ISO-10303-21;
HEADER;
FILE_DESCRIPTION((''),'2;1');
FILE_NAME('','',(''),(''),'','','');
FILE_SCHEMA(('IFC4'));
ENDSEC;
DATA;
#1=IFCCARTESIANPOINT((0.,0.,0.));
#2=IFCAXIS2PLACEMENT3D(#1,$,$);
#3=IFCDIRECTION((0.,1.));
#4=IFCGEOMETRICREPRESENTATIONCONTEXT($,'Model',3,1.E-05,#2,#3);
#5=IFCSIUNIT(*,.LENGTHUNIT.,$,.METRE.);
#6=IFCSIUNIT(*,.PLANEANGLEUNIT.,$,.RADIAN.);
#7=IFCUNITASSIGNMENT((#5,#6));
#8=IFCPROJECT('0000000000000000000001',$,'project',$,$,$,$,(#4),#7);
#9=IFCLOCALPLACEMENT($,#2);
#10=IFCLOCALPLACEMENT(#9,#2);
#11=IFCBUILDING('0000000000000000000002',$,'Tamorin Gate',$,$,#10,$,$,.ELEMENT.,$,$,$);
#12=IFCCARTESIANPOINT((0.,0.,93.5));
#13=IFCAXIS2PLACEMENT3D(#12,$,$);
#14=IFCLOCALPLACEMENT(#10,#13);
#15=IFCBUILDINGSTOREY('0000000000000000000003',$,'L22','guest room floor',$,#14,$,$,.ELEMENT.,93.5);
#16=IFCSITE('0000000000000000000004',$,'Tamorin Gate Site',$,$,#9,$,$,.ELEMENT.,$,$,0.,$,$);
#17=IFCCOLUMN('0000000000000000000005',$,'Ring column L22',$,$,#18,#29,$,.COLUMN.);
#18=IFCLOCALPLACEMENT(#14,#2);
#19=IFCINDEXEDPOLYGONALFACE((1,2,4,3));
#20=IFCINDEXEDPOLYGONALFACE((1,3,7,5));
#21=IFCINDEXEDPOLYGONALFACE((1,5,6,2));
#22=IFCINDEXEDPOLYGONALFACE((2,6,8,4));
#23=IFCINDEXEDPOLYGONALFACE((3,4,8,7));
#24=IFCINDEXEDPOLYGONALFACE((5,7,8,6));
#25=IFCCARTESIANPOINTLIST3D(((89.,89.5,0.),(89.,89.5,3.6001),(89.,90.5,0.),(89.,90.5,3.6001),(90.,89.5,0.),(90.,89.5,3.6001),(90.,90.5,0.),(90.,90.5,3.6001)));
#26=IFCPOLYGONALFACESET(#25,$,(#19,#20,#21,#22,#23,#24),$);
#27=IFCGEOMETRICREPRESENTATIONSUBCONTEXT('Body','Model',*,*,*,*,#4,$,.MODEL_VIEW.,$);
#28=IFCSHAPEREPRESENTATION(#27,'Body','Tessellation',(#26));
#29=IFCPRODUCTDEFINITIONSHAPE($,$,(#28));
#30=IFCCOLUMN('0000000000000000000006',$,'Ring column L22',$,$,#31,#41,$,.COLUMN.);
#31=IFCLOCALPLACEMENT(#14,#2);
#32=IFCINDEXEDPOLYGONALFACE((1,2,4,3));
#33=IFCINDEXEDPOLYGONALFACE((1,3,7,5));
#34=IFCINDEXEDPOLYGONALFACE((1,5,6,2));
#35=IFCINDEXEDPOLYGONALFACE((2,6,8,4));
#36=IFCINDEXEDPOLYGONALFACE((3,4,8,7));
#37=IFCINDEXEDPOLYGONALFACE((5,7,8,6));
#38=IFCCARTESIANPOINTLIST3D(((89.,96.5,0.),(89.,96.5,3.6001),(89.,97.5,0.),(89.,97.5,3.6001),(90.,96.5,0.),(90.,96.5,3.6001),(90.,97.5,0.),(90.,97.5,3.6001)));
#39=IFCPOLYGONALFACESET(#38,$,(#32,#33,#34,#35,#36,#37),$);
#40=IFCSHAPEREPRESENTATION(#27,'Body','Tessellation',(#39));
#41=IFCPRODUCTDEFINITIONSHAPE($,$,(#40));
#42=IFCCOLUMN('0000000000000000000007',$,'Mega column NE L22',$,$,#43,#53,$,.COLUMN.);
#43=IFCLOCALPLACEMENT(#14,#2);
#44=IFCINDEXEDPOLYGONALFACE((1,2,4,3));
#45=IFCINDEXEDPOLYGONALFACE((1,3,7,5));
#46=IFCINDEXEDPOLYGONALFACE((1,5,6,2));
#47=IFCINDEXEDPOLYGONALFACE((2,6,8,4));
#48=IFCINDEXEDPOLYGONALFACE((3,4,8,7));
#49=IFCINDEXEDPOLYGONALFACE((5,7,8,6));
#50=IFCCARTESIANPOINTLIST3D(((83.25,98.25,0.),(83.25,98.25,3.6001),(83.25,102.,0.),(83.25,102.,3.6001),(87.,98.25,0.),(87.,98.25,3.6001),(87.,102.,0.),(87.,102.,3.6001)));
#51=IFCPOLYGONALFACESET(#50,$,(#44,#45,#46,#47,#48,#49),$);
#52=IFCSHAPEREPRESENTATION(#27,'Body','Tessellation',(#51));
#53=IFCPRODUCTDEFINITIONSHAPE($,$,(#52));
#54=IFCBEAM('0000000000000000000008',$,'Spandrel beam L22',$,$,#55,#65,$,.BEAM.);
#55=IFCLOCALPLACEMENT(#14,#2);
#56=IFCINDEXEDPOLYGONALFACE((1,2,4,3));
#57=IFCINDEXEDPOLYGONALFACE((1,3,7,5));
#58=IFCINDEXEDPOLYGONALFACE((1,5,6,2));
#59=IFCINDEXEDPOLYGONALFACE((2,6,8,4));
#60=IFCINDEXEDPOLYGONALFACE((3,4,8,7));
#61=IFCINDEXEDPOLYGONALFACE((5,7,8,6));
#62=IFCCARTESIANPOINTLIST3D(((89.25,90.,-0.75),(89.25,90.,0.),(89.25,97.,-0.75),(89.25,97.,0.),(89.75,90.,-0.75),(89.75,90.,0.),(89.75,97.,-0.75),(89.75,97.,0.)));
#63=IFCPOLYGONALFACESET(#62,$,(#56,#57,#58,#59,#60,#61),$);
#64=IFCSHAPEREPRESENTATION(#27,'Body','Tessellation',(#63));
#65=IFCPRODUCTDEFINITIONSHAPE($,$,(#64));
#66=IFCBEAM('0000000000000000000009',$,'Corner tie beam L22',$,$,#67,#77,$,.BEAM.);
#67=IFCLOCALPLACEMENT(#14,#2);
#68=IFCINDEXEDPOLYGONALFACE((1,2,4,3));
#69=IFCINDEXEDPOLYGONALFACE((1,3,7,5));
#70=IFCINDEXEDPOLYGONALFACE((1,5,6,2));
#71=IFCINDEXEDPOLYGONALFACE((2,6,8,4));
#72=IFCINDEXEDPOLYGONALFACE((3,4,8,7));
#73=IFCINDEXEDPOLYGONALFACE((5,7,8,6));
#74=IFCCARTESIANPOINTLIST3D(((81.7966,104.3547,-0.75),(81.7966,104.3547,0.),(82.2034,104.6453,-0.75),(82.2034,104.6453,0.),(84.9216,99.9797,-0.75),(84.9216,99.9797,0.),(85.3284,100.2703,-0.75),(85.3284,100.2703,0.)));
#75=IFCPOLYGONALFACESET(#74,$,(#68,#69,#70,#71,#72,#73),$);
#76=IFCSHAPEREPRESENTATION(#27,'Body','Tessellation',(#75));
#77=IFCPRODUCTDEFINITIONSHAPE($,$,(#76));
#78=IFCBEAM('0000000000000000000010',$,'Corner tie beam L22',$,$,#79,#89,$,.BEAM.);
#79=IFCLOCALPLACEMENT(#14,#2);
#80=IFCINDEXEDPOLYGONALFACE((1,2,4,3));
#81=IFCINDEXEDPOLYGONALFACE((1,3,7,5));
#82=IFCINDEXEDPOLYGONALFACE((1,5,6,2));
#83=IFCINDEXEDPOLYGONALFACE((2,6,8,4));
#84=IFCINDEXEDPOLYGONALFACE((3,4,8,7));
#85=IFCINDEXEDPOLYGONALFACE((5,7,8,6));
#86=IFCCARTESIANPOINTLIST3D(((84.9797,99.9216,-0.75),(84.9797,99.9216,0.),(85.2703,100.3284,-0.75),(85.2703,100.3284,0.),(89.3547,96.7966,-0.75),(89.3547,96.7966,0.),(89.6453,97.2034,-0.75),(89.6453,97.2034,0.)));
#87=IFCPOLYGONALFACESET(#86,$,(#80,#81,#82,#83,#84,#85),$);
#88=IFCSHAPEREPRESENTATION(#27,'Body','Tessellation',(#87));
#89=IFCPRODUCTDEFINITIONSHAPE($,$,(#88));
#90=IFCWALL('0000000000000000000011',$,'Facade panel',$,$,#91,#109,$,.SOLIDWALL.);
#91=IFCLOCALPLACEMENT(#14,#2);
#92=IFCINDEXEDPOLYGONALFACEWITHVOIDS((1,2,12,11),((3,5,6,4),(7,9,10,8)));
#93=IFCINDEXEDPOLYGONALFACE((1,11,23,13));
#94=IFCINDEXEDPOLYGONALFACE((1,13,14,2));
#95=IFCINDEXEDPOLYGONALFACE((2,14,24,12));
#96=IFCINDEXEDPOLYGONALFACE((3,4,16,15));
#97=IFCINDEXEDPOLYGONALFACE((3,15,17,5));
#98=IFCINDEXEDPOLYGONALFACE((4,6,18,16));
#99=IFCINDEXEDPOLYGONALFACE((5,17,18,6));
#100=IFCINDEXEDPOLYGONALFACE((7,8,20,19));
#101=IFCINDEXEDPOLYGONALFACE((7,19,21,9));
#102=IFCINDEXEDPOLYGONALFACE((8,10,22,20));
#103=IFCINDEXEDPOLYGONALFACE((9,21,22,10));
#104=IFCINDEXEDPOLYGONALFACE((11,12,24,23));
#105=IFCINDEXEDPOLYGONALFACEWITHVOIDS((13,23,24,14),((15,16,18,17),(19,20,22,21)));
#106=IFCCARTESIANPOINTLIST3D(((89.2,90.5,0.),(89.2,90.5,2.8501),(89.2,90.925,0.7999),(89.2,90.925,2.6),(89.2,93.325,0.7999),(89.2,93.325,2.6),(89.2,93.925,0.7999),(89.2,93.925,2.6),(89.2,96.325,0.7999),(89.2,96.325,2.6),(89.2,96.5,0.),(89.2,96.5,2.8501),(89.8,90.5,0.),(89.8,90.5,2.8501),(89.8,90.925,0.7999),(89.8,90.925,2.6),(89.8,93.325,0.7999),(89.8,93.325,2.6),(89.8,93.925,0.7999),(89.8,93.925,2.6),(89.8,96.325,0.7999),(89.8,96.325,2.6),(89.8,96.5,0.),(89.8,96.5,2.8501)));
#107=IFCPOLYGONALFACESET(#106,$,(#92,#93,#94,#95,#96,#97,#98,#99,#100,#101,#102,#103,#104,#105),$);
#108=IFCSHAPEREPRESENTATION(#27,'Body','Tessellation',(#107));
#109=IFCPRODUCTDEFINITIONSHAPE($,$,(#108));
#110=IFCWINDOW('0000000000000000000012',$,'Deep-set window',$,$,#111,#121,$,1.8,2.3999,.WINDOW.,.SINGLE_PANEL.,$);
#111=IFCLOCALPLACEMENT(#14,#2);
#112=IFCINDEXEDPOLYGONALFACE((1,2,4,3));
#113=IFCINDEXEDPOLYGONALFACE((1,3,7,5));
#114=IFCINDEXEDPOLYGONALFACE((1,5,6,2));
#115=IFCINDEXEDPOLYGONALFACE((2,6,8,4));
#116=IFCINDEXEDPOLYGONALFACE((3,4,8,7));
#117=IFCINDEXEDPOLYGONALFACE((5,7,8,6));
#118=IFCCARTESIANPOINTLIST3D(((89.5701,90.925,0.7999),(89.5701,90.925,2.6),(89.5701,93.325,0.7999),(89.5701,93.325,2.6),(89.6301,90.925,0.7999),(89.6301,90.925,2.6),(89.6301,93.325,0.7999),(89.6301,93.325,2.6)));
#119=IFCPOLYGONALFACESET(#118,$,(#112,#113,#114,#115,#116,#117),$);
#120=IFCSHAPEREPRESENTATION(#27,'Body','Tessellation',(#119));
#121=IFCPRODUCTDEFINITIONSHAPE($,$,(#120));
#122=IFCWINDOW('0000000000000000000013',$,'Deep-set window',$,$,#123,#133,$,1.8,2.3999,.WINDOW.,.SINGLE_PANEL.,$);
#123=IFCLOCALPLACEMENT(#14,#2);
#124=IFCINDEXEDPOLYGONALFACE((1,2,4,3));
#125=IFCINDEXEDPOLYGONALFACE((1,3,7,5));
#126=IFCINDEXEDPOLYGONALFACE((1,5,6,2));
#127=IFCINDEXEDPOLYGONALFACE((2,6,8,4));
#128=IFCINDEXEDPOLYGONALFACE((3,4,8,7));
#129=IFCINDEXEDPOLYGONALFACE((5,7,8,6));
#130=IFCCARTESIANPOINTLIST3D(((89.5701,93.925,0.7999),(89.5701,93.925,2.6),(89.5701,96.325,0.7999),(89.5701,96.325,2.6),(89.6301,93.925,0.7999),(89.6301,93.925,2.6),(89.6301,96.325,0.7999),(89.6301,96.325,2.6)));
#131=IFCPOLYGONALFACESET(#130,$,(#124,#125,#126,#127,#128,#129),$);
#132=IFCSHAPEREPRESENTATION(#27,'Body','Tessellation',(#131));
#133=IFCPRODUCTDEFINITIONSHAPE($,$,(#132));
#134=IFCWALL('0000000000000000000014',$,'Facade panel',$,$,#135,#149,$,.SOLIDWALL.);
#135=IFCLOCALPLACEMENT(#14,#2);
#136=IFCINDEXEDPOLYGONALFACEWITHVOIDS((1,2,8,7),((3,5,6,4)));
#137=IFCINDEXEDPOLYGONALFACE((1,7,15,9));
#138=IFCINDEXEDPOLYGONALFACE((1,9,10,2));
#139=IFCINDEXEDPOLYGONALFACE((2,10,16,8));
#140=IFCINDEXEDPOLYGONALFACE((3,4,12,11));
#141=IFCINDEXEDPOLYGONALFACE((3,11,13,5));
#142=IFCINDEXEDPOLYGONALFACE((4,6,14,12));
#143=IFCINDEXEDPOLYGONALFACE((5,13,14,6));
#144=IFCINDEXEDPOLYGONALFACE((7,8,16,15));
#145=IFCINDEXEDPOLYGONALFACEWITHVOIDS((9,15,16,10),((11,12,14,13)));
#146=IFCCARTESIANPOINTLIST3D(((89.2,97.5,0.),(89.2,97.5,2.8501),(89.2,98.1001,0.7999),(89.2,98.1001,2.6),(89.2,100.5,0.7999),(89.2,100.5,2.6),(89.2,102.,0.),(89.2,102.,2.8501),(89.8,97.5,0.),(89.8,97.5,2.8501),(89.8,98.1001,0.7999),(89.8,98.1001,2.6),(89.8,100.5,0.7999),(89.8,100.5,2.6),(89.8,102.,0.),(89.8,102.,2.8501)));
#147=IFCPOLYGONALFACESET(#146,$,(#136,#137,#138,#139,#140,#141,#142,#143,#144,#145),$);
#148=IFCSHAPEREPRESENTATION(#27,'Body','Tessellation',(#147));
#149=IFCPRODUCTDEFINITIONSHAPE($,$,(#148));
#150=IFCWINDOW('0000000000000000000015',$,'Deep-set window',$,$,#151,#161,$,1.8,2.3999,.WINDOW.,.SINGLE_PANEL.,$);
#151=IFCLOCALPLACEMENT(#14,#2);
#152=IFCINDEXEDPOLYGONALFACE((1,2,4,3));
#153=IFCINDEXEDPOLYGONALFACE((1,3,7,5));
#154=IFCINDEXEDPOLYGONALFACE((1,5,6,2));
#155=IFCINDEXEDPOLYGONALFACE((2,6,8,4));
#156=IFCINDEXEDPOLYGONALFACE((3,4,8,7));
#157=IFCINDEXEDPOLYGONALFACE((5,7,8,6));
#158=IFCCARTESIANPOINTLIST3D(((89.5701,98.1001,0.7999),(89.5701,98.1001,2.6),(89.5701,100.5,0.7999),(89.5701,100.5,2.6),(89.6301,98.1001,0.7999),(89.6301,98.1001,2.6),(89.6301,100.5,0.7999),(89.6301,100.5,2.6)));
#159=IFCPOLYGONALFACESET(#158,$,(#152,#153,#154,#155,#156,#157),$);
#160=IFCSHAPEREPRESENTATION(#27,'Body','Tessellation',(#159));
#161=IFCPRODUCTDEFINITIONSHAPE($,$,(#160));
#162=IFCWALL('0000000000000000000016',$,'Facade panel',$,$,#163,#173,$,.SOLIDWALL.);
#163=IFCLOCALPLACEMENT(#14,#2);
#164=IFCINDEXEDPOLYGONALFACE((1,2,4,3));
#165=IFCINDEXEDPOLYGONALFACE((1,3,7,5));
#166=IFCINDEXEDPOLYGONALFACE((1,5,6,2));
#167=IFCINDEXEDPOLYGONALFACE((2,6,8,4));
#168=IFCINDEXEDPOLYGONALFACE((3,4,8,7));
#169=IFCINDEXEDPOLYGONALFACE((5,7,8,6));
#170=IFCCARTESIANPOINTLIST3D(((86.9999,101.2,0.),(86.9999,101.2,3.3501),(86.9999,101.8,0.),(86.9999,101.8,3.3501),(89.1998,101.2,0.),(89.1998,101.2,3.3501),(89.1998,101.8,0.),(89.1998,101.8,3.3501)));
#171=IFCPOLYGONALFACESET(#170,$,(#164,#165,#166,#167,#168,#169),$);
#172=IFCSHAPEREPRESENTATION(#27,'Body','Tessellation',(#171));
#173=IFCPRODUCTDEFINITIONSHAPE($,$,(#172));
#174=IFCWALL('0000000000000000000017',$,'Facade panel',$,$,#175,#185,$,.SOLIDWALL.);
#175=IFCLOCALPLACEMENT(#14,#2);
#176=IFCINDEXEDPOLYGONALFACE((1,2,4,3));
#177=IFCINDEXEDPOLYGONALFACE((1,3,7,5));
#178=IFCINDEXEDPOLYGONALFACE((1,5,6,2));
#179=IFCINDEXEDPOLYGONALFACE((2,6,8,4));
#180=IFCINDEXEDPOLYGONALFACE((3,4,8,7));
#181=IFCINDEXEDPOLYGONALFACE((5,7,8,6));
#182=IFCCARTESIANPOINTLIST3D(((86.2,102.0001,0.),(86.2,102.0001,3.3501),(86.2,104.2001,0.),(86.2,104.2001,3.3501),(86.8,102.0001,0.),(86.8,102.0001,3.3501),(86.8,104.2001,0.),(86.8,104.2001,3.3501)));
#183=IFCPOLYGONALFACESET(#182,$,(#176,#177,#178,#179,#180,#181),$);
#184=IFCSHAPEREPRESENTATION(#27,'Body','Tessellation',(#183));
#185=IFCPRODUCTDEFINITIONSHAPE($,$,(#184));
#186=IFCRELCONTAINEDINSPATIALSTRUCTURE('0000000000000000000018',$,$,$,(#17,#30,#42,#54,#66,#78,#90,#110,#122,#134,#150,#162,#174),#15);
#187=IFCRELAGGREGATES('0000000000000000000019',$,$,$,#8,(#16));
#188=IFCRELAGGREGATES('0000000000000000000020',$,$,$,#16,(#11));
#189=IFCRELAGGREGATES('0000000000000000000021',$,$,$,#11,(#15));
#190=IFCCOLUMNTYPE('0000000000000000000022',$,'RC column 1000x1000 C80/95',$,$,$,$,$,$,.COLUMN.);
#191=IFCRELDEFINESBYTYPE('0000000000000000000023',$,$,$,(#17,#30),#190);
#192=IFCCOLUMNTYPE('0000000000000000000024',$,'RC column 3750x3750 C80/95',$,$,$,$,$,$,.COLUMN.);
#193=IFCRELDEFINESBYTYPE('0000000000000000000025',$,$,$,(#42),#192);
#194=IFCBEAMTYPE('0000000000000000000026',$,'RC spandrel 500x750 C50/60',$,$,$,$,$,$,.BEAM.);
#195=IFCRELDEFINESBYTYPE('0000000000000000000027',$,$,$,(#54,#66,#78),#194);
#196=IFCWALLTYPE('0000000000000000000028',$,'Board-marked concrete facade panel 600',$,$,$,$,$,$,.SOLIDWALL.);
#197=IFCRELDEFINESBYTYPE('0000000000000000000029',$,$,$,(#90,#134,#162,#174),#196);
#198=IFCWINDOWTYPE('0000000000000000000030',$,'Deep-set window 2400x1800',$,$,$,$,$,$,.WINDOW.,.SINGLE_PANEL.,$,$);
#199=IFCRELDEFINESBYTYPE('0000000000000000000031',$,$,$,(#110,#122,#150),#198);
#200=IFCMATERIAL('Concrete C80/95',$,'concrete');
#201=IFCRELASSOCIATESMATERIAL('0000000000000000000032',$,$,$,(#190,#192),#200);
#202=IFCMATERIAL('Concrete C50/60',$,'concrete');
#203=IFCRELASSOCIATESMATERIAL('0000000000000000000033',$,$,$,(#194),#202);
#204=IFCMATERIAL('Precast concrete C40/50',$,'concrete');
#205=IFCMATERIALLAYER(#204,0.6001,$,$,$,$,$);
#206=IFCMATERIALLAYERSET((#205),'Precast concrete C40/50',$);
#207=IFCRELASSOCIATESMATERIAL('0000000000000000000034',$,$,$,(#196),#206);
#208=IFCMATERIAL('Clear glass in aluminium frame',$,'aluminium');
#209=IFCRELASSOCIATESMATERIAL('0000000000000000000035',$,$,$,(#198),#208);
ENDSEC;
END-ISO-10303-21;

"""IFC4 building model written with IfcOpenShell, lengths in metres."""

from ifc_helpers import new_model, si_unit, direction, frame, frame_2d, origin, origin_2d, place, context, subcontext, project, spatial, rectangle, extrude, material, layer, layer_set, material_profile, profile_set, type_object, element, fill, save


model = new_model("IFC4")

# Units and contexts
model_context = context("Model", 3, precision=1e-05, world=origin(), true_north=direction((0.0, 1.0)))
body_context = subcontext(model_context, "Body", "Model", "MODEL_VIEW")
ifc_project = project(units=[si_unit("LENGTHUNIT", "METRE"), si_unit("PLANEANGLEUNIT", "RADIAN")], contexts=[model_context])

# Site, building, storey
site_placement = place(None, origin())
site = spatial("IfcSite", under=ifc_project, at=site_placement, Name="Tamorin Gate Site", CompositionType="ELEMENT", RefElevation=0.0)
building_placement = place(site_placement, origin())
building = spatial("IfcBuilding", under=site, at=building_placement, Name="Tamorin Gate", CompositionType="ELEMENT")
storey_placement = place(building_placement, frame((0.0, 0.0, 93.5)))
storey = spatial("IfcBuildingStorey", under=building, at=storey_placement, Name="L22", Description="guest room floor", CompositionType="ELEMENT", Elevation=93.5)

# Columns
ifc_material_1 = material(Name="Concrete C80/95", Category="concrete")
ifc_material_profile_1 = material_profile(ifc_material_1, rectangle(XDim=1.0, YDim=1.0, at=origin_2d()), Name="RC 1000x1000")
ifc_profile_set_1 = profile_set([ifc_material_profile_1], Name="Concrete C80/95")
column_type_1 = type_object("IfcColumnType", Name="RC column 1000x1000 C80/95", PredefinedType="COLUMN", material=ifc_profile_set_1)
for number, where, z_axis, x_axis, name in (
    (1, (89.5, 90.0, 0.0), (0.0, 0.0, 1.0), (1.0, 0.0, 0.0), "Ring column L22"),
    (2, (89.5, 97.0, 0.0), (0.0, 0.0, 1.0), (1.0, 0.0, 0.0), "Ring column L22"),
):
    element("IfcColumn", number, at=place(storey_placement, frame(where, z_axis=z_axis, x_axis=x_axis)), inside=storey, type_object=column_type_1, Name=name, PredefinedType="COLUMN", context=body_context, shape_type="SweptSolid", body=[
        extrude(rectangle(XDim=1.0, YDim=1.0, at=origin_2d()), origin(), (0.0, 0.0, 1.0), 3.6001),
    ])
ifc_material_profile_2 = material_profile(ifc_material_1, rectangle(XDim=3.75, YDim=3.75, at=origin_2d()), Name="RC 3750x3750")
ifc_profile_set_2 = profile_set([ifc_material_profile_2], Name="Concrete C80/95")
column_type_2 = type_object("IfcColumnType", Name="RC column 3750x3750 C80/95", PredefinedType="COLUMN", material=ifc_profile_set_2)
column_placement = place(storey_placement, frame((85.125, 100.125, 0.0), z_axis=(0.0, 0.0, 1.0), x_axis=(1.0, 0.0, 0.0)))
element("IfcColumn", 3, at=column_placement, inside=storey, type_object=column_type_2, Name="Mega column NE L22", PredefinedType="COLUMN", context=body_context, shape_type="SweptSolid", body=[
    extrude(rectangle(XDim=3.75, YDim=3.75, at=origin_2d()), origin(), (0.0, 0.0, 1.0), 3.6001),
])

# Beams
ifc_material_2 = material(Name="Concrete C50/60", Category="concrete")
ifc_material_profile_3 = material_profile(ifc_material_2, rectangle(XDim=0.5, YDim=0.75, at=origin_2d()), Name="RC 500x750")
ifc_profile_set_3 = profile_set([ifc_material_profile_3], Name="Concrete C50/60")
beam_type = type_object("IfcBeamType", Name="RC spandrel 500x750 C50/60", PredefinedType="BEAM", material=ifc_profile_set_3)
beam_placement = place(storey_placement, frame((89.5, 90.0, -0.375), z_axis=(0.0, 1.0, 0.0), x_axis=(-1.0, 0.0, 0.0)))
element("IfcBeam", 4, at=beam_placement, inside=storey, type_object=beam_type, Name="Spandrel beam L22", PredefinedType="BEAM", context=body_context, shape_type="SweptSolid", body=[
    extrude(rectangle(XDim=0.5, YDim=0.75, at=origin_2d()), origin(), (0.0, 0.0, 1.0), 7.0),
])
for number, where, z_axis, x_axis, name in (
    (5, (85.125, 100.125, -0.375), (-0.581238, 0.813733, 0.0), (-0.813733, -0.581238, 0.0), "Corner tie beam L22"),
    (6, (85.125, 100.125, -0.375), (0.813733, -0.581238, 0.0), (0.581238, 0.813733, 0.0), "Corner tie beam L22"),
):
    element("IfcBeam", number, at=place(storey_placement, frame(where, z_axis=z_axis, x_axis=x_axis)), inside=storey, type_object=beam_type, Name=name, PredefinedType="BEAM", context=body_context, shape_type="SweptSolid", body=[
        extrude(rectangle(XDim=0.5, YDim=0.75, at=origin_2d()), origin(), (0.0, 0.0, 1.0), 5.3765),
    ])

# Wall, openings, windows
ifc_material_3 = material(Name="Precast concrete C40/50", Category="concrete")
ifc_layer_1 = layer(ifc_material_3, 0.6001)
ifc_layer_set_1 = layer_set([ifc_layer_1], Name="Precast concrete C40/50")
wall_type_1 = type_object("IfcWallType", Name="Board-marked concrete facade panel 600", PredefinedType="SOLIDWALL", material=ifc_layer_set_1)
wall_1_placement = place(storey_placement, frame((89.5, 90.5, 0.0), z_axis=(0.0, 0.0, 1.0), x_axis=(0.0, 1.0, 0.0)))
wall_1 = element("IfcWall", 7, at=wall_1_placement, inside=storey, type_object=wall_type_1, Name="Facade panel", PredefinedType="SOLIDWALL", context=body_context, shape_type="SweptSolid", body=[
    extrude(rectangle(XDim=6.0, YDim=0.6001, at=frame_2d((3.0, 0.0))), origin(), (0.0, 0.0, 1.0), 2.8501),
])
opening_1_placement = place(wall_1_placement, frame((0.425, 0.0, 0.8)))
opening_1 = element("IfcOpeningElement", 8, at=opening_1_placement, cuts=wall_1, PredefinedType="OPENING", context=body_context, shape_type="SweptSolid", body=[
    extrude(rectangle(XDim=2.3999, YDim=1.8, at=frame_2d((1.2, 0.8999))), frame((0.0, 0.3101, 0.0), z_axis=(0.0, -1.0, 0.0), x_axis=(1.0, 0.0, 0.0)), (0.0, 0.0, 1.0), 0.6201),
])
opening_2_placement = place(wall_1_placement, frame((3.425, 0.0, 0.8)))
opening_2 = element("IfcOpeningElement", 9, at=opening_2_placement, cuts=wall_1, PredefinedType="OPENING", context=body_context, shape_type="SweptSolid", body=[
    extrude(rectangle(XDim=2.3999, YDim=1.8, at=frame_2d((1.2, 0.8999))), frame((0.0, 0.3101, 0.0), z_axis=(0.0, -1.0, 0.0), x_axis=(1.0, 0.0, 0.0)), (0.0, 0.0, 1.0), 0.6201),
])
ifc_material_4 = material(Name="Clear glass in aluminium frame", Category="aluminium")
window_type = type_object("IfcWindowType", Name="Deep-set window 2400x1800", PartitioningType="SINGLE_PANEL", PredefinedType="WINDOW", material=ifc_material_4)
window_1_placement = place(opening_1_placement, origin())
window_1 = element("IfcWindow", 10, at=window_1_placement, inside=storey, type_object=window_type, Name="Deep-set window", OverallHeight=1.8, OverallWidth=2.3999, PartitioningType="SINGLE_PANEL", PredefinedType="WINDOW", context=body_context, shape_type="SweptSolid", body=[
    extrude(rectangle(XDim=2.3999, YDim=1.8, at=frame_2d((1.2, 0.8999))), frame((0.0, -0.0701, 0.0), z_axis=(0.0, -1.0, 0.0), x_axis=(1.0, 0.0, 0.0)), (0.0, 0.0, 1.0), 0.0601),
])
fill(opening_1, window_1)
window_2_placement = place(opening_2_placement, origin())
window_2 = element("IfcWindow", 11, at=window_2_placement, inside=storey, type_object=window_type, Name="Deep-set window", OverallHeight=1.8, OverallWidth=2.3999, PartitioningType="SINGLE_PANEL", PredefinedType="WINDOW", context=body_context, shape_type="SweptSolid", body=[
    extrude(rectangle(XDim=2.3999, YDim=1.8, at=frame_2d((1.2, 0.8999))), frame((0.0, -0.0701, 0.0), z_axis=(0.0, -1.0, 0.0), x_axis=(1.0, 0.0, 0.0)), (0.0, 0.0, 1.0), 0.0601),
])
fill(opening_2, window_2)

# Wall, opening, window
wall_2_placement = place(storey_placement, frame((89.5, 97.5, 0.0), z_axis=(0.0, 0.0, 1.0), x_axis=(0.0, 1.0, 0.0)))
wall_2 = element("IfcWall", 12, at=wall_2_placement, inside=storey, type_object=wall_type_1, Name="Facade panel", PredefinedType="SOLIDWALL", context=body_context, shape_type="SweptSolid", body=[
    extrude(rectangle(XDim=4.5, YDim=0.6001, at=frame_2d((2.25, 0.0))), origin(), (0.0, 0.0, 1.0), 2.8501),
])
opening_3_placement = place(wall_2_placement, frame((0.6001, 0.0, 0.8)))
opening_3 = element("IfcOpeningElement", 13, at=opening_3_placement, cuts=wall_2, PredefinedType="OPENING", context=body_context, shape_type="SweptSolid", body=[
    extrude(rectangle(XDim=2.3999, YDim=1.8, at=frame_2d((1.2, 0.8999))), frame((0.0, 0.3101, 0.0), z_axis=(0.0, -1.0, 0.0), x_axis=(1.0, 0.0, 0.0)), (0.0, 0.0, 1.0), 0.6201),
])
window_3_placement = place(opening_3_placement, origin())
window_3 = element("IfcWindow", 14, at=window_3_placement, inside=storey, type_object=window_type, Name="Deep-set window", OverallHeight=1.8, OverallWidth=2.3999, PartitioningType="SINGLE_PANEL", PredefinedType="WINDOW", context=body_context, shape_type="SweptSolid", body=[
    extrude(rectangle(XDim=2.3999, YDim=1.8, at=frame_2d((1.2, 0.8999))), frame((0.0, -0.0701, 0.0), z_axis=(0.0, -1.0, 0.0), x_axis=(1.0, 0.0, 0.0)), (0.0, 0.0, 1.0), 0.0601),
])
fill(opening_3, window_3)

# Walls
for number, where, z_axis, x_axis, name in (
    (15, (89.2, 101.5, 0.0), (0.0, 0.0, 1.0), (-1.0, 0.0, 0.0), "Facade panel"),
    (16, (86.5, 102.0, 0.0), (0.0, 0.0, 1.0), (0.0, 1.0, 0.0), "Facade panel"),
):
    element("IfcWall", number, at=place(storey_placement, frame(where, z_axis=z_axis, x_axis=x_axis)), inside=storey, type_object=wall_type_1, Name=name, PredefinedType="SOLIDWALL", context=body_context, shape_type="SweptSolid", body=[
        extrude(rectangle(XDim=2.2, YDim=0.6001, at=frame_2d((1.1001, 0.0))), origin(), (0.0, 0.0, 1.0), 3.3501),
    ])

save(model, "model.ifc")
